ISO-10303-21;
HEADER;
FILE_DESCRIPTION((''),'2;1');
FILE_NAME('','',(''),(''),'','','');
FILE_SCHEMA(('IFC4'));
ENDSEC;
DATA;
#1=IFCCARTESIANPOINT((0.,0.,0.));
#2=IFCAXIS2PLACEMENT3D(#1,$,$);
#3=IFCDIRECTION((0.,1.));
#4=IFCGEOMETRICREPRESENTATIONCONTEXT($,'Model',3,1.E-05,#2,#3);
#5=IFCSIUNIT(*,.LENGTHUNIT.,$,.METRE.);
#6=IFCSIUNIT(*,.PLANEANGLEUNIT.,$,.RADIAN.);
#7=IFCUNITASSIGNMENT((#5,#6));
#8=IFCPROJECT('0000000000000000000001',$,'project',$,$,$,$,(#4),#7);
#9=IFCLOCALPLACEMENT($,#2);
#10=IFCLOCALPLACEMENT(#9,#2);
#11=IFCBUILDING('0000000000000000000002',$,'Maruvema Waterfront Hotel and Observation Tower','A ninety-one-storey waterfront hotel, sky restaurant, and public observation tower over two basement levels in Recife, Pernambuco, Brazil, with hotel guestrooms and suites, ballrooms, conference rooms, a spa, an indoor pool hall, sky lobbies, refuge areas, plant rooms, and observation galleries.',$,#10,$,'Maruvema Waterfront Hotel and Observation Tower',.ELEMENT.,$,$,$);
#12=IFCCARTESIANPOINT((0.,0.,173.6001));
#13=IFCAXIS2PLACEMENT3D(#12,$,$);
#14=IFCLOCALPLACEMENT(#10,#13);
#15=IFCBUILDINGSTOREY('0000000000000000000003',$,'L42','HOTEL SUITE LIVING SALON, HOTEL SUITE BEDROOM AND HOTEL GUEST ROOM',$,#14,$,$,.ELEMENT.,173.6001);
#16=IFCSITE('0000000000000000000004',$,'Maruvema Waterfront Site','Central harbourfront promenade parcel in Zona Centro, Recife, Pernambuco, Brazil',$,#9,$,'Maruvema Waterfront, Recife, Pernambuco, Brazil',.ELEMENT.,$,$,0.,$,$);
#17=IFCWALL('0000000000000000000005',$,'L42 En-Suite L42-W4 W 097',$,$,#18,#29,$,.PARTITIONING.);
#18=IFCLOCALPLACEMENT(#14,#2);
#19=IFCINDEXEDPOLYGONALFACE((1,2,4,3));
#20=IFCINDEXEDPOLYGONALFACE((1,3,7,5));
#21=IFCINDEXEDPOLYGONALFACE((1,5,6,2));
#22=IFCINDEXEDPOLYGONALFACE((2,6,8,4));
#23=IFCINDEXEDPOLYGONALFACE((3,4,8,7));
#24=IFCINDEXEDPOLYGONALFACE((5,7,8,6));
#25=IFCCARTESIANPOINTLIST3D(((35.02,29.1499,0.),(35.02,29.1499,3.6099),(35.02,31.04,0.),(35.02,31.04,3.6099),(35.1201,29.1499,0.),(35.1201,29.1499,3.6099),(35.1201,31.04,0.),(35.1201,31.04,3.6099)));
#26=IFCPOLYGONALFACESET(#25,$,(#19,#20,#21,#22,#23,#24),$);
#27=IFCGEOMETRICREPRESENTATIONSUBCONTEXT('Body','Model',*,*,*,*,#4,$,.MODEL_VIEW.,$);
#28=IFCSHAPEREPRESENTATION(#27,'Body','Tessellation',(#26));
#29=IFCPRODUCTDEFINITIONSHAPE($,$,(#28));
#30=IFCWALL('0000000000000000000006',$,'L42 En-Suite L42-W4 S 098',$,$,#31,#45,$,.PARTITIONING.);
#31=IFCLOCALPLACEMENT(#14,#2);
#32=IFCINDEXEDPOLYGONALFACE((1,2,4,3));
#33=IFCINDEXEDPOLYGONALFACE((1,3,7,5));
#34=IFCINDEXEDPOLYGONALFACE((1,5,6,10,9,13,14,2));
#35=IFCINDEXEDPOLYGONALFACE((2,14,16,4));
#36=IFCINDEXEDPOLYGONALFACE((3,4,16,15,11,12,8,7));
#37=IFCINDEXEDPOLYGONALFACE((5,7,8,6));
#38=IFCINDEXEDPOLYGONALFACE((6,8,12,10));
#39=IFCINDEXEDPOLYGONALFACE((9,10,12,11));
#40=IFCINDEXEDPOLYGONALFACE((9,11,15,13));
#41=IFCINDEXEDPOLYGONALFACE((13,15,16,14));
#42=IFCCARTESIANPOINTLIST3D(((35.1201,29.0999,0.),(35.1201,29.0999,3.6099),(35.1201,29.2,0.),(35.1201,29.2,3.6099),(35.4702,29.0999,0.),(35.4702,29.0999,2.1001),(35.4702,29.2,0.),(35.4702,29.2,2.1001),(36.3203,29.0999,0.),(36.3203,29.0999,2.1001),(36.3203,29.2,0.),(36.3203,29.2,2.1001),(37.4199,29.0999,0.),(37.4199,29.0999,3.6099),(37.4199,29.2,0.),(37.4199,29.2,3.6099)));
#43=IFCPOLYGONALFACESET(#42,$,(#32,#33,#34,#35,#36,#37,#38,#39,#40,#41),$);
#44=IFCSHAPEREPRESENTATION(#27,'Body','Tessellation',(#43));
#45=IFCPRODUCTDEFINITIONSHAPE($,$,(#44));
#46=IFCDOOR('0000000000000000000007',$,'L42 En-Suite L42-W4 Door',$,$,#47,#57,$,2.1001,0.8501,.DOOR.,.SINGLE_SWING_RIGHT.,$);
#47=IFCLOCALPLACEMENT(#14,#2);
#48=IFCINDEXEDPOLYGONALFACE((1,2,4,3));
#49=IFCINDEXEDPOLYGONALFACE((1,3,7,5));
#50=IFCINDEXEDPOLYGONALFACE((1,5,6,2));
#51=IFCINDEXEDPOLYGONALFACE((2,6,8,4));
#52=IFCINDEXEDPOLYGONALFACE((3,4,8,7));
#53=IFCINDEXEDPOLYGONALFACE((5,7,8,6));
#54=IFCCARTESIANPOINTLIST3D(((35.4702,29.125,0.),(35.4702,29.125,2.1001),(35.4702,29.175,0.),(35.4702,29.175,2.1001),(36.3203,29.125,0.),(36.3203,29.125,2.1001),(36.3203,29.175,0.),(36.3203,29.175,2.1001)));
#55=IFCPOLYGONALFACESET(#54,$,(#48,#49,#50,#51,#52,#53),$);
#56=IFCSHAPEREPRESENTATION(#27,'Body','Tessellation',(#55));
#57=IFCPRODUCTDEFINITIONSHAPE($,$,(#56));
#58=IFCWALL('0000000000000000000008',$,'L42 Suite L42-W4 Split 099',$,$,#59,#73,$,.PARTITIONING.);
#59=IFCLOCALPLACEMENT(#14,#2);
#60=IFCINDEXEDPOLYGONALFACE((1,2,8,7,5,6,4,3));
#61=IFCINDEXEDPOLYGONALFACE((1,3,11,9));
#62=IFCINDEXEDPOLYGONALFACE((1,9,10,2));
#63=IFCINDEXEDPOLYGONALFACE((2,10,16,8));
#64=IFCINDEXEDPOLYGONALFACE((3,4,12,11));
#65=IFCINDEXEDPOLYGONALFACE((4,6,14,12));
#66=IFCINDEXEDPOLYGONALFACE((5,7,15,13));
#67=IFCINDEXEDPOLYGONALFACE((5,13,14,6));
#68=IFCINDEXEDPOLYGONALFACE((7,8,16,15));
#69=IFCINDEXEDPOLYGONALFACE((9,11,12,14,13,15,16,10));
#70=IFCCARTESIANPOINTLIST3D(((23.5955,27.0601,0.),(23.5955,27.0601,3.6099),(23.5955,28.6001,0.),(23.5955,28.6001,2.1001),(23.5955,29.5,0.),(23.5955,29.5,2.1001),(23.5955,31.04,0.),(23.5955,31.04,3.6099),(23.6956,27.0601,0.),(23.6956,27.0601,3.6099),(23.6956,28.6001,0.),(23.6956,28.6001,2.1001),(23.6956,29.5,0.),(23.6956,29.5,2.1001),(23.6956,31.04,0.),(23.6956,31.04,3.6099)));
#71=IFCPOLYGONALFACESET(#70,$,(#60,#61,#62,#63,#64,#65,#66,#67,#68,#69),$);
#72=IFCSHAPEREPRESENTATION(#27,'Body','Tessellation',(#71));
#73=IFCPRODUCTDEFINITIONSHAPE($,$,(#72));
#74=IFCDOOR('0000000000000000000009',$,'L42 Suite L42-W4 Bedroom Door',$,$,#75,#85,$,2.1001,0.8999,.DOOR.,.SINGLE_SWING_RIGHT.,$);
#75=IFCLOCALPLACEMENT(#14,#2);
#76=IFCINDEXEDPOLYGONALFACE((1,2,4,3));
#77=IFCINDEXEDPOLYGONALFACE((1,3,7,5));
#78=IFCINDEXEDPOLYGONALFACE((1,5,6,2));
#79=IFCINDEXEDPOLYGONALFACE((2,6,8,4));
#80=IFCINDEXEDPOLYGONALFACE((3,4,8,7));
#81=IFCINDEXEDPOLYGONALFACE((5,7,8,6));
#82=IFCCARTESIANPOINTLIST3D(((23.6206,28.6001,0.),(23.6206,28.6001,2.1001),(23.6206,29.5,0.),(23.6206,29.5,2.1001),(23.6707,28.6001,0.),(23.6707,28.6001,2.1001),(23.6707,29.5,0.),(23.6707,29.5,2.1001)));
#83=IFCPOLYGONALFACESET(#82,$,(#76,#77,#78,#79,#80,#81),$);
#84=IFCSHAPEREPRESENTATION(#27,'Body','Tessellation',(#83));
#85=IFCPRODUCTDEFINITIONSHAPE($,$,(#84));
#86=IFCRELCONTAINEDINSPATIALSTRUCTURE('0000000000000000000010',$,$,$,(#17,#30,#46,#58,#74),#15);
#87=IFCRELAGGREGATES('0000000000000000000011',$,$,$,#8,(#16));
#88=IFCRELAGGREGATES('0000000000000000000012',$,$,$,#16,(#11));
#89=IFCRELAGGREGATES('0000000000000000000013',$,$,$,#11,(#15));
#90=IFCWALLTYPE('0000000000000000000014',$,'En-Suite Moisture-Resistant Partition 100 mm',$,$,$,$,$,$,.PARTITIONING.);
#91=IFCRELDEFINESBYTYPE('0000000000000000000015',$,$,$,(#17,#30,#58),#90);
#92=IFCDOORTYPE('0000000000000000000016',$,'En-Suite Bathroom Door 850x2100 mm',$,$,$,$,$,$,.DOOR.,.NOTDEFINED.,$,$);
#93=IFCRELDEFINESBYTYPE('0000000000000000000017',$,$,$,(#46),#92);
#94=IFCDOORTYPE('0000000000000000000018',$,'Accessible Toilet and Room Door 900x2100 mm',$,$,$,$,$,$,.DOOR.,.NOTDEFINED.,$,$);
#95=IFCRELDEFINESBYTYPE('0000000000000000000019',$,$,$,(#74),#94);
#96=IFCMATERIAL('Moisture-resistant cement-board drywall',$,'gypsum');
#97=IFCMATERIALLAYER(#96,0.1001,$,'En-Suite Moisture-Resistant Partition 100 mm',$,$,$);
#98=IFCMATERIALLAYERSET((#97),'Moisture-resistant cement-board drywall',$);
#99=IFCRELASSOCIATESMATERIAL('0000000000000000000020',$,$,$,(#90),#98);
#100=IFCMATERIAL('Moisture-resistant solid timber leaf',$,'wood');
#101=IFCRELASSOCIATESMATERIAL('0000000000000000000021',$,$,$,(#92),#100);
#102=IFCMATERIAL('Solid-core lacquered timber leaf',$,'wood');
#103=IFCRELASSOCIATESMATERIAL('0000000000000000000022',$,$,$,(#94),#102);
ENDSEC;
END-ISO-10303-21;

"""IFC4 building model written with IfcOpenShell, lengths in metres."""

from ifc_helpers import new_model, si_unit, direction, frame, frame_2d, origin, place, context, subcontext, project, spatial, rectangle, extrude, material, layer, layer_set, type_object, element, fill, save


model = new_model("IFC4")

# Units and contexts
model_context = context("Model", 3, precision=1e-05, world=origin(), true_north=direction((0.0, 1.0)))
body_context = subcontext(model_context, "Body", "Model", "MODEL_VIEW")
ifc_project = project(units=[si_unit("LENGTHUNIT", "METRE"), si_unit("PLANEANGLEUNIT", "RADIAN")], contexts=[model_context])

# Site, building, storey
site_placement = place(None, origin())
site = spatial("IfcSite", under=ifc_project, at=site_placement, Name="Maruvema Waterfront Site", Description="Central harbourfront promenade parcel in Zona Centro, Recife, Pernambuco, Brazil", LongName="Maruvema Waterfront, Recife, Pernambuco, Brazil", CompositionType="ELEMENT", RefElevation=0.0)
building_placement = place(site_placement, origin())
building = spatial("IfcBuilding", under=site, at=building_placement, Name="Maruvema Waterfront Hotel and Observation Tower", Description="A ninety-one-storey waterfront hotel, sky restaurant, and public observation tower over two basement levels in Recife, Pernambuco, Brazil, with hotel guestrooms and suites, ballrooms, conference rooms, a spa, an indoor pool hall, sky lobbies, refuge areas, plant rooms, and observation galleries.", LongName="Maruvema Waterfront Hotel and Observation Tower", CompositionType="ELEMENT")
storey_placement = place(building_placement, frame((0.0, 0.0, 173.6001)))
storey = spatial("IfcBuildingStorey", under=building, at=storey_placement, Name="L42", Description="HOTEL SUITE LIVING SALON, HOTEL SUITE BEDROOM AND HOTEL GUEST ROOM", CompositionType="ELEMENT", Elevation=173.6001)

# Shared definitions
ifc_material_1 = material(Name="Moisture-resistant cement-board drywall", Category="gypsum")
ifc_layer_1 = layer(ifc_material_1, 0.1001, Name="En-Suite Moisture-Resistant Partition 100 mm")
ifc_layer_set_1 = layer_set([ifc_layer_1], Name="Moisture-resistant cement-board drywall")
wall_type = type_object("IfcWallType", Name="En-Suite Moisture-Resistant Partition 100 mm", PredefinedType="PARTITIONING", material=ifc_layer_set_1)

# Shared definitions
ifc_material_2 = material(Name="Moisture-resistant solid timber leaf", Category="wood")
door_type_1 = type_object("IfcDoorType", Name="En-Suite Bathroom Door 850x2100 mm", OperationType="NOTDEFINED", PredefinedType="DOOR", material=ifc_material_2)
ifc_material_3 = material(Name="Solid-core lacquered timber leaf", Category="wood")
door_type_2 = type_object("IfcDoorType", Name="Accessible Toilet and Room Door 900x2100 mm", OperationType="NOTDEFINED", PredefinedType="DOOR", material=ifc_material_3)

# Wall
wall_1_placement = place(storey_placement, frame((35.0701, 29.1499, 0.0), z_axis=(0.0, 0.0, 1.0), x_axis=(0.0, 1.0, 0.0)))
element("IfcWall", 1, at=wall_1_placement, inside=storey, type_object=wall_type, Name="L42 En-Suite L42-W4 W 097", PredefinedType="PARTITIONING", context=body_context, shape_type="SweptSolid", body=[
    extrude(rectangle(XDim=1.8901, YDim=0.1001, at=frame_2d((0.9451, 0.0))), origin(), (0.0, 0.0, 1.0), 3.6099),
])

# Walls, openings, doors
wall_2_placement = place(storey_placement, frame((35.1201, 29.1499, 0.0), z_axis=(0.0, 0.0, 1.0), x_axis=(1.0, 0.0, 0.0)))
wall_2 = element("IfcWall", 2, at=wall_2_placement, inside=storey, type_object=wall_type, Name="L42 En-Suite L42-W4 S 098", PredefinedType="PARTITIONING", context=body_context, shape_type="SweptSolid", body=[
    extrude(rectangle(XDim=2.2998, YDim=0.1001, at=frame_2d((1.1499, 0.0))), origin(), (0.0, 0.0, 1.0), 3.6099),
])
opening_1_placement = place(wall_2_placement, frame((0.3501, 0.0, 0.0)))
opening_1 = element("IfcOpeningElement", 3, at=opening_1_placement, cuts=wall_2, PredefinedType="OPENING", context=body_context, shape_type="SweptSolid", body=[
    extrude(rectangle(XDim=0.8501, YDim=2.1001, at=frame_2d((0.425, 1.05))), frame((0.0, 0.0601, 0.0), z_axis=(0.0, -1.0, 0.0), x_axis=(1.0, 0.0, 0.0)), (0.0, 0.0, 1.0), 0.1201),
])
door_1_placement = place(opening_1_placement, frame((0.8501, 0.0, 0.0), z_axis=(0.0, 0.0, 1.0), x_axis=(-1.0, 0.0, 0.0)))
door_1 = element("IfcDoor", 4, at=door_1_placement, inside=storey, type_object=door_type_1, Name="L42 En-Suite L42-W4 Door", OperationType="SINGLE_SWING_RIGHT", OverallHeight=2.1001, OverallWidth=0.8501, PredefinedType="DOOR", context=body_context, shape_type="SweptSolid", body=[
    extrude(rectangle(XDim=0.8501, YDim=2.1001, at=frame_2d((0.425, 1.05))), frame((0.0, 0.0249, 0.0), z_axis=(0.0, -1.0, 0.0), x_axis=(1.0, 0.0, 0.0)), (0.0, 0.0, 1.0), 0.05),
])
fill(opening_1, door_1)
wall_3_placement = place(storey_placement, frame((23.6455, 27.0601, 0.0), z_axis=(0.0, 0.0, 1.0), x_axis=(0.0, 1.0, 0.0)))
wall_3 = element("IfcWall", 5, at=wall_3_placement, inside=storey, type_object=wall_type, Name="L42 Suite L42-W4 Split 099", PredefinedType="PARTITIONING", context=body_context, shape_type="SweptSolid", body=[
    extrude(rectangle(XDim=3.98, YDim=0.1001, at=frame_2d((1.99, 0.0))), origin(), (0.0, 0.0, 1.0), 3.6099),
])
opening_2_placement = place(wall_3_placement, frame((1.54, 0.0, 0.0)))
opening_2 = element("IfcOpeningElement", 6, at=opening_2_placement, cuts=wall_3, PredefinedType="OPENING", context=body_context, shape_type="SweptSolid", body=[
    extrude(rectangle(XDim=0.8999, YDim=2.1001, at=frame_2d((0.45, 1.05))), frame((0.0, 0.0601, 0.0), z_axis=(0.0, -1.0, 0.0), x_axis=(1.0, 0.0, 0.0)), (0.0, 0.0, 1.0), 0.1201),
])
door_2_placement = place(opening_2_placement, origin())
door_2 = element("IfcDoor", 7, at=door_2_placement, inside=storey, type_object=door_type_2, Name="L42 Suite L42-W4 Bedroom Door", OperationType="SINGLE_SWING_RIGHT", OverallHeight=2.1001, OverallWidth=0.8999, PredefinedType="DOOR", context=body_context, shape_type="SweptSolid", body=[
    extrude(rectangle(XDim=0.8999, YDim=2.1001, at=frame_2d((0.45, 1.05))), frame((0.0, 0.0249, 0.0), z_axis=(0.0, -1.0, 0.0), x_axis=(1.0, 0.0, 0.0)), (0.0, 0.0, 1.0), 0.05),
])
fill(opening_2, door_2)

save(model, "model.ifc")
